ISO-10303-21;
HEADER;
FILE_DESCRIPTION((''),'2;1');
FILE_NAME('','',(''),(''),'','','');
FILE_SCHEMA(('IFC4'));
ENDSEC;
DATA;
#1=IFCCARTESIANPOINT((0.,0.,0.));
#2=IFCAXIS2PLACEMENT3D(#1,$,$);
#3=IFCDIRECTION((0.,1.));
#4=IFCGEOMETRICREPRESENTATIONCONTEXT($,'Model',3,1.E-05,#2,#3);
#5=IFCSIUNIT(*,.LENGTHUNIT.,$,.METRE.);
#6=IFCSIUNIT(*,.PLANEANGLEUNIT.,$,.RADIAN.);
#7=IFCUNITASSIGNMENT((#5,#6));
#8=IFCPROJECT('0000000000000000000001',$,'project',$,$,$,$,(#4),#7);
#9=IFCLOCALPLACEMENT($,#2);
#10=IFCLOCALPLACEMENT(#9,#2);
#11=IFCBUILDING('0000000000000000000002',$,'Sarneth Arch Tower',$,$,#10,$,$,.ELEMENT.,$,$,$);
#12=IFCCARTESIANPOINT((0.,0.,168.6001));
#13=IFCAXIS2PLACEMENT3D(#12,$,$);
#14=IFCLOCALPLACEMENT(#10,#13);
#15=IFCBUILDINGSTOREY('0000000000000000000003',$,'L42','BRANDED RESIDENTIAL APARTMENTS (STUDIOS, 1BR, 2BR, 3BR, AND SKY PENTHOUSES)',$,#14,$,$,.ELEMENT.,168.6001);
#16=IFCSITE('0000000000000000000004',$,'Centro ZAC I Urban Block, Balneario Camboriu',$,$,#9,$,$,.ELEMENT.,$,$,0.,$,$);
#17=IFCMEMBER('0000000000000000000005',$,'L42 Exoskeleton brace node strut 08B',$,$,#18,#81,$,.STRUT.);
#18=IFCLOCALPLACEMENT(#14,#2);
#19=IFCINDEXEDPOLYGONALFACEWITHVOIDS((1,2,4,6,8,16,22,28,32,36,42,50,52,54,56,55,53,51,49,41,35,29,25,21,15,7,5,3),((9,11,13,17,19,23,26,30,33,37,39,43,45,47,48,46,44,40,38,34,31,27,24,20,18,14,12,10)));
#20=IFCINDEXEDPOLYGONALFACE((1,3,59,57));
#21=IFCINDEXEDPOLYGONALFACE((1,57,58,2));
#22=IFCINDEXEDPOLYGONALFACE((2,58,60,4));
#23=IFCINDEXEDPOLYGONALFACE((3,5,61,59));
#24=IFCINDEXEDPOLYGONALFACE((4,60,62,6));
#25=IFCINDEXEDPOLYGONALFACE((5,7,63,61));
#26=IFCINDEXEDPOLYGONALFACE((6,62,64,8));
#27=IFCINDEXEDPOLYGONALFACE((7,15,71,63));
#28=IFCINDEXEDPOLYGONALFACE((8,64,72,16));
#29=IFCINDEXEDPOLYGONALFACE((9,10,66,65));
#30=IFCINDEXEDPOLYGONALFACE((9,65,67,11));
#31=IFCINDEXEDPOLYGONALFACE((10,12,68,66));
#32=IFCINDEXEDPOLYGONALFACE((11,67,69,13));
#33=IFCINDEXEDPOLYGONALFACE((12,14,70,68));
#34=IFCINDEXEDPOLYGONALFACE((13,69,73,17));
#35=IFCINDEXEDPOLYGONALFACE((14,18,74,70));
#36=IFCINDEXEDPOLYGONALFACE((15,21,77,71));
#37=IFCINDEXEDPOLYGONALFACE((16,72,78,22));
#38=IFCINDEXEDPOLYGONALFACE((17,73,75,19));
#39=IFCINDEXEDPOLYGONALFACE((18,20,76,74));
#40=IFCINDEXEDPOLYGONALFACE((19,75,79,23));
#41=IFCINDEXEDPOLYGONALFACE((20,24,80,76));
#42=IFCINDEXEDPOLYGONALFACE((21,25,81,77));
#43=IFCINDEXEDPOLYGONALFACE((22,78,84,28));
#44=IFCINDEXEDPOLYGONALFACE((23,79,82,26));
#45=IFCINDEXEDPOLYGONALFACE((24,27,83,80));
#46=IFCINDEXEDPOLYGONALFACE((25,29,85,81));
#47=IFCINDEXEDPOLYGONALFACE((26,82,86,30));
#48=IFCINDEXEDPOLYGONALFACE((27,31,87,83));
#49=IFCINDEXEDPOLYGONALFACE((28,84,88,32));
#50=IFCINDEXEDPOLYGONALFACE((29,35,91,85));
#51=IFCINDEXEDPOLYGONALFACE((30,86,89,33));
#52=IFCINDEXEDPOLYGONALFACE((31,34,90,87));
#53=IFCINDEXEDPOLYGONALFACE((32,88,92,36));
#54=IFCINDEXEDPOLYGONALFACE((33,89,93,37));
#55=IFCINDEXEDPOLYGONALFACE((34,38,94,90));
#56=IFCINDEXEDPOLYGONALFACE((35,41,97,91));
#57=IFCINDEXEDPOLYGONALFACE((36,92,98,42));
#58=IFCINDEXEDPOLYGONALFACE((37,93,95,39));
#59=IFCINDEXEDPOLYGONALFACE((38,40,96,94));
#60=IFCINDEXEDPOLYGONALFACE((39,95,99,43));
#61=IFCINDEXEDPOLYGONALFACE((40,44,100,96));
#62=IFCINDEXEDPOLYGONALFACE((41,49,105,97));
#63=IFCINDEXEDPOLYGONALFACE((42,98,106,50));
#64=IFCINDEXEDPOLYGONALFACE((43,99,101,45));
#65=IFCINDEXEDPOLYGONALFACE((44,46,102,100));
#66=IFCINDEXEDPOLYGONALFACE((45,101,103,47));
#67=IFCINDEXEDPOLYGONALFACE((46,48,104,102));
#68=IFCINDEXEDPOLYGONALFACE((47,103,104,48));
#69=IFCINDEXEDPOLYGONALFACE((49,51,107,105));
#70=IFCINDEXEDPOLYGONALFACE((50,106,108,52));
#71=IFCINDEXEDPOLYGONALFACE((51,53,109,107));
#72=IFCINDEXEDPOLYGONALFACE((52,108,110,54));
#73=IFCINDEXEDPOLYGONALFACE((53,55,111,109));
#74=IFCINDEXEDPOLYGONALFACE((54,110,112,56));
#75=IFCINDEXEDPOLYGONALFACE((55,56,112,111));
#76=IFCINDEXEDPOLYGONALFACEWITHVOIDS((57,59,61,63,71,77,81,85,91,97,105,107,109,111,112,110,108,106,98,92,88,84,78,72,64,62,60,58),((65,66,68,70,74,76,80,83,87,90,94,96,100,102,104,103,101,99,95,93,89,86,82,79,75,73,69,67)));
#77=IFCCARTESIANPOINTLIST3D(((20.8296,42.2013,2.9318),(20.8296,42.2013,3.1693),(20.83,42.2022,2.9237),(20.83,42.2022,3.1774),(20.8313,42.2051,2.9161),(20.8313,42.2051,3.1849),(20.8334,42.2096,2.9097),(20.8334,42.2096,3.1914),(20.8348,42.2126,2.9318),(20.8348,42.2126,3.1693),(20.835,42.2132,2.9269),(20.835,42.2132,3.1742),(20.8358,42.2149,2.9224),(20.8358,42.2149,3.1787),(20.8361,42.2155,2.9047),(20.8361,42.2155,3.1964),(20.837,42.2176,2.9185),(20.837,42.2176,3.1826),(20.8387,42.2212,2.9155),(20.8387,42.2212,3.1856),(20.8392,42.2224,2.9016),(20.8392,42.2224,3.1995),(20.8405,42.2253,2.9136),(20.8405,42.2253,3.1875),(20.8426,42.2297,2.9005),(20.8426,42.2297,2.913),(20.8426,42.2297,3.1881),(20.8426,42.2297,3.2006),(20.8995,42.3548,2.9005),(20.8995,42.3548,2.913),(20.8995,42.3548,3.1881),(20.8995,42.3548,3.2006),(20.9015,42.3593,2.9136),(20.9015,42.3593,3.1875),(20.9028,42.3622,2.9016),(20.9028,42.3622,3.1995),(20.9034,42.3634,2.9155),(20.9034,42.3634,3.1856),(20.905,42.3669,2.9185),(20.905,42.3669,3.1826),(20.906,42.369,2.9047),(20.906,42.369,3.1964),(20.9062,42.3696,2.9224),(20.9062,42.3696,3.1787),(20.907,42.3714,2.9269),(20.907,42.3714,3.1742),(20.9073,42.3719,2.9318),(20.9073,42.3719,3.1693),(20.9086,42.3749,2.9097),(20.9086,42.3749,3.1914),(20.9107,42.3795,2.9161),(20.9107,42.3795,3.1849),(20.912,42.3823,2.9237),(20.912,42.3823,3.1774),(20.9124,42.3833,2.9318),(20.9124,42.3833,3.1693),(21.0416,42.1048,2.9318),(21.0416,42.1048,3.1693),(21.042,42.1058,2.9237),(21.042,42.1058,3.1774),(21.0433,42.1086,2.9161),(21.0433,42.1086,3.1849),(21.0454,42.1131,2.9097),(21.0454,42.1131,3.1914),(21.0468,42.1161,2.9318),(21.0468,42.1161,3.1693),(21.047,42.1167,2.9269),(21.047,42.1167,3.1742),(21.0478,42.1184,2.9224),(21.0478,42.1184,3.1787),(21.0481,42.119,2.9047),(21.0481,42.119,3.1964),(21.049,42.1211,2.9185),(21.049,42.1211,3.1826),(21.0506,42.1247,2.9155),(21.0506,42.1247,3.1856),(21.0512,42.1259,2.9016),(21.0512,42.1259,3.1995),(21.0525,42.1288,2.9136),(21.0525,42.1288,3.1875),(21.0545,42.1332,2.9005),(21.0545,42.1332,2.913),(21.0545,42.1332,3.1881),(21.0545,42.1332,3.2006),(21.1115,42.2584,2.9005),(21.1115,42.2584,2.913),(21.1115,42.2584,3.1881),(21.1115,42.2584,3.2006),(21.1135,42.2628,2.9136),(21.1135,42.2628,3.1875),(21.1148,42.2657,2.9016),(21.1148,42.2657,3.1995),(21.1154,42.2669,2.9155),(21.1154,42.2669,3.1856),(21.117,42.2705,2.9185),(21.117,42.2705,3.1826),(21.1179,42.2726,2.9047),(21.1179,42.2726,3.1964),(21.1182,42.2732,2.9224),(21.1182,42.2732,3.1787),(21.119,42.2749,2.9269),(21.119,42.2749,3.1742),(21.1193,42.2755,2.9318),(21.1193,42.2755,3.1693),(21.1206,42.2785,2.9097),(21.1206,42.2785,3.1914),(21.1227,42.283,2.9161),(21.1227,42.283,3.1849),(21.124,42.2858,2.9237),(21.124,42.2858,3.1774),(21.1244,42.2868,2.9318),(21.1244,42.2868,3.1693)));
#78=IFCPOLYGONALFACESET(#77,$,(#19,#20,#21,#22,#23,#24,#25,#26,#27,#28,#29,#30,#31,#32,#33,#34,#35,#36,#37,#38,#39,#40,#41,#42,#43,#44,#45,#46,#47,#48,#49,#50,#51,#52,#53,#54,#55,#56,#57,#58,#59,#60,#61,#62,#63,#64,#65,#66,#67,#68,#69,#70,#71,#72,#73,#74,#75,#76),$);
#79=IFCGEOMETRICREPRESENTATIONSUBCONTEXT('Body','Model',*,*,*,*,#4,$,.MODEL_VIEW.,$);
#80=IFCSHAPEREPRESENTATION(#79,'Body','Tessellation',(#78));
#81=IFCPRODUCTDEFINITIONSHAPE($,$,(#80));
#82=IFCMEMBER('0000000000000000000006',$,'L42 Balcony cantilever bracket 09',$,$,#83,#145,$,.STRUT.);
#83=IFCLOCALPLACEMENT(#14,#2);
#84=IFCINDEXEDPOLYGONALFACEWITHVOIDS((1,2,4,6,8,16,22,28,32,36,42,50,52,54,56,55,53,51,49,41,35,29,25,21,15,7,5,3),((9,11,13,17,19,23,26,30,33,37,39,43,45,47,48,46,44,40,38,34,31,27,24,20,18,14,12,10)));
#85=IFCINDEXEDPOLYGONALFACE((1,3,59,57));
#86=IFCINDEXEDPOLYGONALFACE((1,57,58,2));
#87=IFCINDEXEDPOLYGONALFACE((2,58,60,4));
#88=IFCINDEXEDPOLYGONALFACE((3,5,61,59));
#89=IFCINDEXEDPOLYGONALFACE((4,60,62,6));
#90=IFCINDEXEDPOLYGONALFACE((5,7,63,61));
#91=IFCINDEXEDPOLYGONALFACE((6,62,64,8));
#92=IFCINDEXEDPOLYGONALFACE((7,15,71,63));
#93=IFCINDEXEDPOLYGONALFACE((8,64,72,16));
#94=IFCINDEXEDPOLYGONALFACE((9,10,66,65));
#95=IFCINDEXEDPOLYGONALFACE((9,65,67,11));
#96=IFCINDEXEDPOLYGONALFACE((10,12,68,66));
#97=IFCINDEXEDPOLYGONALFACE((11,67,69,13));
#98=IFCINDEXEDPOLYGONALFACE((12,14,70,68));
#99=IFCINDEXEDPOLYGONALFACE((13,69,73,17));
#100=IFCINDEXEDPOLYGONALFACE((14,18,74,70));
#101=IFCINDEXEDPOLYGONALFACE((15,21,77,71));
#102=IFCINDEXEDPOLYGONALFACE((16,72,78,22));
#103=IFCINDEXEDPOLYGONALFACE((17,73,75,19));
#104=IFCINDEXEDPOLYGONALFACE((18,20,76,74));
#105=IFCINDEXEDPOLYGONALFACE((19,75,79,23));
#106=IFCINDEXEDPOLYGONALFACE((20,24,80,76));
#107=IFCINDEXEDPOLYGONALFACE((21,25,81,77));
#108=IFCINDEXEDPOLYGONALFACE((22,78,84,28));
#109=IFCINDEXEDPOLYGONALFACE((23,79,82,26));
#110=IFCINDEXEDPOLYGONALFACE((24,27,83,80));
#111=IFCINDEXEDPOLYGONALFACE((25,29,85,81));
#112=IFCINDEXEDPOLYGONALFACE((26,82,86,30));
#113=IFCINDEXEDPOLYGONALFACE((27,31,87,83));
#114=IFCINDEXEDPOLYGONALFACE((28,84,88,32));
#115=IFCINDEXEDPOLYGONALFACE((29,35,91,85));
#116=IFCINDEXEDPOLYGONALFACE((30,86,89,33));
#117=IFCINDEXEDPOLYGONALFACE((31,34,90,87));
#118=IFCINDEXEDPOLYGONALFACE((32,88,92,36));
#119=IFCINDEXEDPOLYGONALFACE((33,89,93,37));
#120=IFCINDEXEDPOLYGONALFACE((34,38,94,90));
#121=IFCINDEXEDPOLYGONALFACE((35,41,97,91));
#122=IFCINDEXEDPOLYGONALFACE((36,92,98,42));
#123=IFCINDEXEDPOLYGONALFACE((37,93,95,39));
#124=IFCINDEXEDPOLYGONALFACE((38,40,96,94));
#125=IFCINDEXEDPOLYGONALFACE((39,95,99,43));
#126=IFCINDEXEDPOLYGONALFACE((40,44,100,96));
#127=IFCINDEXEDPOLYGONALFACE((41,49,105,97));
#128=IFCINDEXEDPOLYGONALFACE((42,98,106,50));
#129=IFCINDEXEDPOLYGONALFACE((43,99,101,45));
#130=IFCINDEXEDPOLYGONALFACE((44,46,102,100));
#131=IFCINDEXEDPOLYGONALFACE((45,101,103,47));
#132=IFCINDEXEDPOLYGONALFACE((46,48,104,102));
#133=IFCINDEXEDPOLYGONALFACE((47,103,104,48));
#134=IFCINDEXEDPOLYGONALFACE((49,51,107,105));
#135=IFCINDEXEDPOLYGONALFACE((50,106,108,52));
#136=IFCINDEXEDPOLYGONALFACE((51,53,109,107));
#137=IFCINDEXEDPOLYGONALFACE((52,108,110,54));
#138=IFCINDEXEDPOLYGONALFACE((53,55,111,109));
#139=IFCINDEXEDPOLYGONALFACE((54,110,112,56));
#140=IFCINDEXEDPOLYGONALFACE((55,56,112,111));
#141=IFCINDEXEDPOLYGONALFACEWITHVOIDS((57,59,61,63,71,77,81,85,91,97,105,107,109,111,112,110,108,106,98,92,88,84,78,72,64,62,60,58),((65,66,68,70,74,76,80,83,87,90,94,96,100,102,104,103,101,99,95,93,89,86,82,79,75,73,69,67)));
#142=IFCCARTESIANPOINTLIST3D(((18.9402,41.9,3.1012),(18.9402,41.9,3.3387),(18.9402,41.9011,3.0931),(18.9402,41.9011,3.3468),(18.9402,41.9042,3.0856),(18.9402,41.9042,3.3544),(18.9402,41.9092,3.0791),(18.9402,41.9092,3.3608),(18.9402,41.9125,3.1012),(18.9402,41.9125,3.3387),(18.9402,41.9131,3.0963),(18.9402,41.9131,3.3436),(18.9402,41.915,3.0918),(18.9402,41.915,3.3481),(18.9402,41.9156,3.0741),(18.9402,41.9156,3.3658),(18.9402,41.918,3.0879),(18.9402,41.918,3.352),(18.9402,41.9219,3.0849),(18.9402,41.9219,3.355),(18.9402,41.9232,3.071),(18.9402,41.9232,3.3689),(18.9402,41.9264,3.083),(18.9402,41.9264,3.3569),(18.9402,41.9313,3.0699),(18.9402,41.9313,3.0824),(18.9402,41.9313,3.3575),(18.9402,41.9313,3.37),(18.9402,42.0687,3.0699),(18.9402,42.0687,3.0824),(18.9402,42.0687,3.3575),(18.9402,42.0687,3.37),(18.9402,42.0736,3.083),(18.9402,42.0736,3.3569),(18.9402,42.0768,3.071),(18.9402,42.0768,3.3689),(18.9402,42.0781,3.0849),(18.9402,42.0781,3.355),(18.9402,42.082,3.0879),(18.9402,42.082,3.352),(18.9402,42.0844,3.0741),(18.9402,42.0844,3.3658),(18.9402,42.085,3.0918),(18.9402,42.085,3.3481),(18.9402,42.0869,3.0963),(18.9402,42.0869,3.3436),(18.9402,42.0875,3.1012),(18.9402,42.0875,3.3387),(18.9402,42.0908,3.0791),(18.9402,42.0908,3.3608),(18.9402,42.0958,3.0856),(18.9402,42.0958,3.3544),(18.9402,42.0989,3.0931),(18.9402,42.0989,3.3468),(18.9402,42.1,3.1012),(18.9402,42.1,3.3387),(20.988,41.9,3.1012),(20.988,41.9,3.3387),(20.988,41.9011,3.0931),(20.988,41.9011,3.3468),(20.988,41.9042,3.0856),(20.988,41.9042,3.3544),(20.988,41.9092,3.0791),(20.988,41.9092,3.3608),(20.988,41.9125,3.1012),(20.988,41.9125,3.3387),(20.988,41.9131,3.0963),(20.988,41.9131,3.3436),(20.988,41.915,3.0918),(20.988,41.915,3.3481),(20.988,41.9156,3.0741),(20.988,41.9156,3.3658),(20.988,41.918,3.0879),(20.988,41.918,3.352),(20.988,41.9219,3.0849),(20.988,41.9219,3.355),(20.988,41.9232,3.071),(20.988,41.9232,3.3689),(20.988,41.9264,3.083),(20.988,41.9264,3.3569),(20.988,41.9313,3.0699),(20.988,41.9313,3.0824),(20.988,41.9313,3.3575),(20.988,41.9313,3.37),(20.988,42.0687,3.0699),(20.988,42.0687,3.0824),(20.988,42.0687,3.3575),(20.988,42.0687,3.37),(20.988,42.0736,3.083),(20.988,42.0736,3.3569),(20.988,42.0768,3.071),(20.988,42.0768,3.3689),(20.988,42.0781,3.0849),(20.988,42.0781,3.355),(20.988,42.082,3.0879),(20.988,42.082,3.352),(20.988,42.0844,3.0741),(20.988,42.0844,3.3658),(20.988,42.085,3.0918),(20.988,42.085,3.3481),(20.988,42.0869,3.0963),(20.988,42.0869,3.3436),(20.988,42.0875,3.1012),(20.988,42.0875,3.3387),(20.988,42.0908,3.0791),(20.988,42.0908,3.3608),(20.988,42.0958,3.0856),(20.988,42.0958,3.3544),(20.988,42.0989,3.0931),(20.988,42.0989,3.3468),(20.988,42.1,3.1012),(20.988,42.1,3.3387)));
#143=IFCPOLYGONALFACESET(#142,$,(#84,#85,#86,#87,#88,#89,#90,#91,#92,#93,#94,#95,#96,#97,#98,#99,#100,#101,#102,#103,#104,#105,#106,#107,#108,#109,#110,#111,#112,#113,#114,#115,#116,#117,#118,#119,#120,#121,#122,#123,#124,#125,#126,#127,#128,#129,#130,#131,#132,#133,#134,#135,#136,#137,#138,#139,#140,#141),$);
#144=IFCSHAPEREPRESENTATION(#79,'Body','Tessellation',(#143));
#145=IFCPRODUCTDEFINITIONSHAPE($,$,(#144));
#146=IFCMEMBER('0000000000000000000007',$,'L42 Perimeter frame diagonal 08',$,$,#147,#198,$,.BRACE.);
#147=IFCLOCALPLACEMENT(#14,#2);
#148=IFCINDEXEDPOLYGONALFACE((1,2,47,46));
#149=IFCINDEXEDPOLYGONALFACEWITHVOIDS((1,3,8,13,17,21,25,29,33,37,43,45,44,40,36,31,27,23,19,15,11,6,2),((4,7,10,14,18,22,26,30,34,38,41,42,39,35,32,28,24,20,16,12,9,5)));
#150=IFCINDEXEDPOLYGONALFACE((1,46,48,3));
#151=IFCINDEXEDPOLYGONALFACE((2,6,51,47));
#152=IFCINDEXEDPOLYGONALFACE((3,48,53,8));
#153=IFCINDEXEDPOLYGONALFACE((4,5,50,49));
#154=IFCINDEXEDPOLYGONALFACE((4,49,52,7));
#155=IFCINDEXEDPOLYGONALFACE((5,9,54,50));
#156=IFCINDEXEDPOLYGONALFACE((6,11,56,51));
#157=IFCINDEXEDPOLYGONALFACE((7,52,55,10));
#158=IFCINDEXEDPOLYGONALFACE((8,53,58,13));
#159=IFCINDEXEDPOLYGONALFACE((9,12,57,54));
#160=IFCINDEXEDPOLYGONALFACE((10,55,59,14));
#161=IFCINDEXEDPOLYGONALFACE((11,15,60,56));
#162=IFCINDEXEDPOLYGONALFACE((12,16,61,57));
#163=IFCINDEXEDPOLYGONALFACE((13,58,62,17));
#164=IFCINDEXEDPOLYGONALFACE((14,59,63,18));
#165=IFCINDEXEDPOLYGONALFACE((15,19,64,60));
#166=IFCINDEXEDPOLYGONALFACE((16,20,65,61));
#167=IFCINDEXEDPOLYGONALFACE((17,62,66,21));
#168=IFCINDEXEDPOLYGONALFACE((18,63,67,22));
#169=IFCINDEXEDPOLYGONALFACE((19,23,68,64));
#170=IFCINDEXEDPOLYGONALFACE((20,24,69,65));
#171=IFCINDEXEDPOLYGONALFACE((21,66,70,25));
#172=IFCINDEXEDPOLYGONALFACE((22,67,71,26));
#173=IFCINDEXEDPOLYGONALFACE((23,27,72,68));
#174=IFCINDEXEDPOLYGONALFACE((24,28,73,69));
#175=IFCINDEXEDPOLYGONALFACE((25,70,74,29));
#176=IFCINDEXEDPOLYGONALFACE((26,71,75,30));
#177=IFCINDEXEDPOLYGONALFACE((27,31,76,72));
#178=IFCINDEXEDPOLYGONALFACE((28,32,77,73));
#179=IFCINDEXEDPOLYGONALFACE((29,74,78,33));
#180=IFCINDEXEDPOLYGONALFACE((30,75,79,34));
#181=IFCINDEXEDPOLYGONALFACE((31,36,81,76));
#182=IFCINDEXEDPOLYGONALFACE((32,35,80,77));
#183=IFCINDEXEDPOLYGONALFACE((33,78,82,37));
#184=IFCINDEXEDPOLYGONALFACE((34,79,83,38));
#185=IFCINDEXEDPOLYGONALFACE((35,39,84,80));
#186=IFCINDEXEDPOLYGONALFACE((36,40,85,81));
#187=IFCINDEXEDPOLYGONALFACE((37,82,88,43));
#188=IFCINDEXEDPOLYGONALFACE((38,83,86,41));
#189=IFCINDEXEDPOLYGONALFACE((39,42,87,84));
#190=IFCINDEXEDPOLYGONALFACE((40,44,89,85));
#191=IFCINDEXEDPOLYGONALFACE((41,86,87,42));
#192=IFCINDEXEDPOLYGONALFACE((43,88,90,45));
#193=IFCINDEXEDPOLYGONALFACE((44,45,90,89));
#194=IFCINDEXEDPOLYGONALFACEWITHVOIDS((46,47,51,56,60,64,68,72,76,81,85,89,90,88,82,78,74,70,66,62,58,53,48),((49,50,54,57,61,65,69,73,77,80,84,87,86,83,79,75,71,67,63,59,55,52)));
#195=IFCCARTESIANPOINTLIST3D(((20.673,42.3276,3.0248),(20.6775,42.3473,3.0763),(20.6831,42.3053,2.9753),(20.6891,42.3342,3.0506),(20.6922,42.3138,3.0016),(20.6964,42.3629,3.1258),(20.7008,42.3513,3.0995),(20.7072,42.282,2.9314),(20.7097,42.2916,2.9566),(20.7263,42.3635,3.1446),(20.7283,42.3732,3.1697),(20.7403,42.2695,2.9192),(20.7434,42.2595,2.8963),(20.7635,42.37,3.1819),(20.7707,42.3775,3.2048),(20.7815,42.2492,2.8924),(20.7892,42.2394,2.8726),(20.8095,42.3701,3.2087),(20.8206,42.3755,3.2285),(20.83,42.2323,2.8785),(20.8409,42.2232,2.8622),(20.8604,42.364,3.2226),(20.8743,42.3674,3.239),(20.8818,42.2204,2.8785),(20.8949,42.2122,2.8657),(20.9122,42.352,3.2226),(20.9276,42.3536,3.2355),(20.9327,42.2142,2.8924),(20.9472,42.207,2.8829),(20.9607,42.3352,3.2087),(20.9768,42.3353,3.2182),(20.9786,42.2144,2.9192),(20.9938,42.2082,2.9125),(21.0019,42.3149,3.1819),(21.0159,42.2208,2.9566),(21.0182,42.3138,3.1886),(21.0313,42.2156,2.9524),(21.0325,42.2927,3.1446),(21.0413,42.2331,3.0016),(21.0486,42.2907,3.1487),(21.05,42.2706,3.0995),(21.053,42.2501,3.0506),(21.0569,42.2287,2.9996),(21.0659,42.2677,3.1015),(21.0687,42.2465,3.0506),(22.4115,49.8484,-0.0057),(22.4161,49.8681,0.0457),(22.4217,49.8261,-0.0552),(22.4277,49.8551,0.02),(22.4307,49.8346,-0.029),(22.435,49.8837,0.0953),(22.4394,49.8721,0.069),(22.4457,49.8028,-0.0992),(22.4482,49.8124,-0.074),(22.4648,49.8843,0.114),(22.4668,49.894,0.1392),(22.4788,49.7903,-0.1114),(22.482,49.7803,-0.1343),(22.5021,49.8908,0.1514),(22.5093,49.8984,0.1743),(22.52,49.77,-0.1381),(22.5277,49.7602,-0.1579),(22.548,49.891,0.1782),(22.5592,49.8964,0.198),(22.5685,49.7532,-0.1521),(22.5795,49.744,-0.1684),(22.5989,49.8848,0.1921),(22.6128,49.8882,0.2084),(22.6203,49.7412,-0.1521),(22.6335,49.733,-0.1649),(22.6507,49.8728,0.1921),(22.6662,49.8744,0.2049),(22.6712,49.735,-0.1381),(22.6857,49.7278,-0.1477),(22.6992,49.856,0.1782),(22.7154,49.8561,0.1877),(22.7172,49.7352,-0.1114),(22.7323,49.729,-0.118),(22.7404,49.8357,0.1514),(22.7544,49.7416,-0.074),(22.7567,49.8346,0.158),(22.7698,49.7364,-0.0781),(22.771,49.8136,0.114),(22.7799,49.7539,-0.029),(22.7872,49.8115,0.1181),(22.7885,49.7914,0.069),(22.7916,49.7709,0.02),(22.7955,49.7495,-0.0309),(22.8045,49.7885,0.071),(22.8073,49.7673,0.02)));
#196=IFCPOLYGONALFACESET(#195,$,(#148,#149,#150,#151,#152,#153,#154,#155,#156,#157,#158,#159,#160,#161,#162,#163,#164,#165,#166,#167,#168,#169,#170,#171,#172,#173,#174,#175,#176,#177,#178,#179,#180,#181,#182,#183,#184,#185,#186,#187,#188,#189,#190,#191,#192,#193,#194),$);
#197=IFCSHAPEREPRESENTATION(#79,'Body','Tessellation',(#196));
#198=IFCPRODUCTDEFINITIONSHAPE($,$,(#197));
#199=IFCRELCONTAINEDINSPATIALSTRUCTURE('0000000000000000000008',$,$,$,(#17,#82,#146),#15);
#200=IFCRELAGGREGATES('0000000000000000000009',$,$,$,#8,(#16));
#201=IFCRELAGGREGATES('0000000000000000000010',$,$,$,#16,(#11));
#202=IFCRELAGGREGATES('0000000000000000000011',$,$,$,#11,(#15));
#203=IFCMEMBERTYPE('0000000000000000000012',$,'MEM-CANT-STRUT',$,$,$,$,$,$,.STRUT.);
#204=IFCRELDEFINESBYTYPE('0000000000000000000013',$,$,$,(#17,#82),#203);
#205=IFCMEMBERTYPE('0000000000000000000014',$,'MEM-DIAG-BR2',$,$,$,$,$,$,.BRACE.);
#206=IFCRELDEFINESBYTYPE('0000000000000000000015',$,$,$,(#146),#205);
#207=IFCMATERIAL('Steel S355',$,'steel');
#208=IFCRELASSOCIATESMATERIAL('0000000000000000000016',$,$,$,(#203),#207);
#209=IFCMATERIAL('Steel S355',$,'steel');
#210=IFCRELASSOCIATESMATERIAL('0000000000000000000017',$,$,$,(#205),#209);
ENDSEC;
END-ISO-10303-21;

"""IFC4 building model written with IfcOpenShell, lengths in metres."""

from ifc_helpers import new_model, si_unit, direction, frame, origin, origin_2d, place, context, subcontext, project, spatial, hollow_rectangle, hollow_circle, extrude, material, material_profile, profile_set, type_object, element, save


model = new_model("IFC4")

# Units and contexts
model_context = context("Model", 3, precision=1e-05, world=origin(), true_north=direction((0.0, 1.0)))
body_context = subcontext(model_context, "Body", "Model", "MODEL_VIEW")
ifc_project = project(units=[si_unit("LENGTHUNIT", "METRE"), si_unit("PLANEANGLEUNIT", "RADIAN")], contexts=[model_context])

# Site, building, storey
site_placement = place(None, origin())
site = spatial("IfcSite", under=ifc_project, at=site_placement, Name="Centro ZAC I Urban Block, Balneario Camboriu", CompositionType="ELEMENT", RefElevation=0.0)
building_placement = place(site_placement, origin())
building = spatial("IfcBuilding", under=site, at=building_placement, Name="Sarneth Arch Tower", CompositionType="ELEMENT")
storey_placement = place(building_placement, frame((0.0, 0.0, 168.6001)))
storey = spatial("IfcBuildingStorey", under=building, at=storey_placement, Name="L42", Description="BRANDED RESIDENTIAL APARTMENTS (STUDIOS, 1BR, 2BR, 3BR, AND SKY PENTHOUSES)", CompositionType="ELEMENT", Elevation=168.6001)

# Members
ifc_material_1 = material(Name="Steel S355", Category="steel")
ifc_material_profile_1 = material_profile(ifc_material_1, hollow_rectangle(XDim=0.2, YDim=0.3, WallThickness=0.0125, InnerFilletRadius=0.0188, OuterFilletRadius=0.0312, at=origin_2d()), Name="RHS300x200x12.5")
ifc_profile_set_1 = profile_set([ifc_material_profile_1], Name="Steel S355")
member_type_1 = type_object("IfcMemberType", Name="MEM-CANT-STRUT", PredefinedType="STRUT", material=ifc_profile_set_1)
member_1_placement = place(storey_placement, frame((21.083, 42.1958, 3.0505), z_axis=(-0.910187, 0.414198, 0.0), x_axis=(-0.414198, -0.910187, 0.0)))
element("IfcMember", 1, at=member_1_placement, inside=storey, type_object=member_type_1, Name="L42 Exoskeleton brace node strut 08B", PredefinedType="STRUT", context=body_context, shape_type="SweptSolid", body=[
    extrude(hollow_rectangle(XDim=0.2, YDim=0.3, WallThickness=0.0125, InnerFilletRadius=0.0188, OuterFilletRadius=0.0312, at=origin_2d()), origin(), (0.0, 0.0, 1.0), 0.2329),
])
member_2_placement = place(storey_placement, frame((20.988, 42.0, 3.22), z_axis=(-1.0, 0.0, 0.0), x_axis=(0.0, -1.0, 0.0)))
element("IfcMember", 2, at=member_2_placement, inside=storey, type_object=member_type_1, Name="L42 Balcony cantilever bracket 09", PredefinedType="STRUT", context=body_context, shape_type="SweptSolid", body=[
    extrude(hollow_rectangle(XDim=0.2, YDim=0.3, WallThickness=0.0125, InnerFilletRadius=0.0188, OuterFilletRadius=0.0312, at=origin_2d()), origin(), (0.0, 0.0, 1.0), 2.0479),
])
ifc_material_2 = material(Name="Steel S355", Category="steel")
ifc_material_profile_2 = material_profile(ifc_material_2, hollow_circle(Radius=0.2029, WallThickness=0.0161, at=origin_2d()), Name="CHS406x16")
ifc_profile_set_2 = profile_set([ifc_material_profile_2], Name="Steel S355")
member_type_2 = type_object("IfcMemberType", Name="MEM-DIAG-BR2", PredefinedType="BRACE", material=ifc_profile_set_2)
member_3_placement = place(storey_placement, frame((22.6096, 49.813, 0.02), z_axis=(-0.209646, -0.906917, 0.365446), x_axis=(0.974307, -0.225224, 0.0)))
element("IfcMember", 3, at=member_3_placement, inside=storey, type_object=member_type_2, Name="L42 Perimeter frame diagonal 08", PredefinedType="BRACE", context=body_context, shape_type="SweptSolid", body=[
    extrude(hollow_circle(Radius=0.2029, WallThickness=0.0161, at=origin_2d()), origin(), (0.0, 0.0, 1.0), 8.2927),
])

save(model, "model.ifc")
